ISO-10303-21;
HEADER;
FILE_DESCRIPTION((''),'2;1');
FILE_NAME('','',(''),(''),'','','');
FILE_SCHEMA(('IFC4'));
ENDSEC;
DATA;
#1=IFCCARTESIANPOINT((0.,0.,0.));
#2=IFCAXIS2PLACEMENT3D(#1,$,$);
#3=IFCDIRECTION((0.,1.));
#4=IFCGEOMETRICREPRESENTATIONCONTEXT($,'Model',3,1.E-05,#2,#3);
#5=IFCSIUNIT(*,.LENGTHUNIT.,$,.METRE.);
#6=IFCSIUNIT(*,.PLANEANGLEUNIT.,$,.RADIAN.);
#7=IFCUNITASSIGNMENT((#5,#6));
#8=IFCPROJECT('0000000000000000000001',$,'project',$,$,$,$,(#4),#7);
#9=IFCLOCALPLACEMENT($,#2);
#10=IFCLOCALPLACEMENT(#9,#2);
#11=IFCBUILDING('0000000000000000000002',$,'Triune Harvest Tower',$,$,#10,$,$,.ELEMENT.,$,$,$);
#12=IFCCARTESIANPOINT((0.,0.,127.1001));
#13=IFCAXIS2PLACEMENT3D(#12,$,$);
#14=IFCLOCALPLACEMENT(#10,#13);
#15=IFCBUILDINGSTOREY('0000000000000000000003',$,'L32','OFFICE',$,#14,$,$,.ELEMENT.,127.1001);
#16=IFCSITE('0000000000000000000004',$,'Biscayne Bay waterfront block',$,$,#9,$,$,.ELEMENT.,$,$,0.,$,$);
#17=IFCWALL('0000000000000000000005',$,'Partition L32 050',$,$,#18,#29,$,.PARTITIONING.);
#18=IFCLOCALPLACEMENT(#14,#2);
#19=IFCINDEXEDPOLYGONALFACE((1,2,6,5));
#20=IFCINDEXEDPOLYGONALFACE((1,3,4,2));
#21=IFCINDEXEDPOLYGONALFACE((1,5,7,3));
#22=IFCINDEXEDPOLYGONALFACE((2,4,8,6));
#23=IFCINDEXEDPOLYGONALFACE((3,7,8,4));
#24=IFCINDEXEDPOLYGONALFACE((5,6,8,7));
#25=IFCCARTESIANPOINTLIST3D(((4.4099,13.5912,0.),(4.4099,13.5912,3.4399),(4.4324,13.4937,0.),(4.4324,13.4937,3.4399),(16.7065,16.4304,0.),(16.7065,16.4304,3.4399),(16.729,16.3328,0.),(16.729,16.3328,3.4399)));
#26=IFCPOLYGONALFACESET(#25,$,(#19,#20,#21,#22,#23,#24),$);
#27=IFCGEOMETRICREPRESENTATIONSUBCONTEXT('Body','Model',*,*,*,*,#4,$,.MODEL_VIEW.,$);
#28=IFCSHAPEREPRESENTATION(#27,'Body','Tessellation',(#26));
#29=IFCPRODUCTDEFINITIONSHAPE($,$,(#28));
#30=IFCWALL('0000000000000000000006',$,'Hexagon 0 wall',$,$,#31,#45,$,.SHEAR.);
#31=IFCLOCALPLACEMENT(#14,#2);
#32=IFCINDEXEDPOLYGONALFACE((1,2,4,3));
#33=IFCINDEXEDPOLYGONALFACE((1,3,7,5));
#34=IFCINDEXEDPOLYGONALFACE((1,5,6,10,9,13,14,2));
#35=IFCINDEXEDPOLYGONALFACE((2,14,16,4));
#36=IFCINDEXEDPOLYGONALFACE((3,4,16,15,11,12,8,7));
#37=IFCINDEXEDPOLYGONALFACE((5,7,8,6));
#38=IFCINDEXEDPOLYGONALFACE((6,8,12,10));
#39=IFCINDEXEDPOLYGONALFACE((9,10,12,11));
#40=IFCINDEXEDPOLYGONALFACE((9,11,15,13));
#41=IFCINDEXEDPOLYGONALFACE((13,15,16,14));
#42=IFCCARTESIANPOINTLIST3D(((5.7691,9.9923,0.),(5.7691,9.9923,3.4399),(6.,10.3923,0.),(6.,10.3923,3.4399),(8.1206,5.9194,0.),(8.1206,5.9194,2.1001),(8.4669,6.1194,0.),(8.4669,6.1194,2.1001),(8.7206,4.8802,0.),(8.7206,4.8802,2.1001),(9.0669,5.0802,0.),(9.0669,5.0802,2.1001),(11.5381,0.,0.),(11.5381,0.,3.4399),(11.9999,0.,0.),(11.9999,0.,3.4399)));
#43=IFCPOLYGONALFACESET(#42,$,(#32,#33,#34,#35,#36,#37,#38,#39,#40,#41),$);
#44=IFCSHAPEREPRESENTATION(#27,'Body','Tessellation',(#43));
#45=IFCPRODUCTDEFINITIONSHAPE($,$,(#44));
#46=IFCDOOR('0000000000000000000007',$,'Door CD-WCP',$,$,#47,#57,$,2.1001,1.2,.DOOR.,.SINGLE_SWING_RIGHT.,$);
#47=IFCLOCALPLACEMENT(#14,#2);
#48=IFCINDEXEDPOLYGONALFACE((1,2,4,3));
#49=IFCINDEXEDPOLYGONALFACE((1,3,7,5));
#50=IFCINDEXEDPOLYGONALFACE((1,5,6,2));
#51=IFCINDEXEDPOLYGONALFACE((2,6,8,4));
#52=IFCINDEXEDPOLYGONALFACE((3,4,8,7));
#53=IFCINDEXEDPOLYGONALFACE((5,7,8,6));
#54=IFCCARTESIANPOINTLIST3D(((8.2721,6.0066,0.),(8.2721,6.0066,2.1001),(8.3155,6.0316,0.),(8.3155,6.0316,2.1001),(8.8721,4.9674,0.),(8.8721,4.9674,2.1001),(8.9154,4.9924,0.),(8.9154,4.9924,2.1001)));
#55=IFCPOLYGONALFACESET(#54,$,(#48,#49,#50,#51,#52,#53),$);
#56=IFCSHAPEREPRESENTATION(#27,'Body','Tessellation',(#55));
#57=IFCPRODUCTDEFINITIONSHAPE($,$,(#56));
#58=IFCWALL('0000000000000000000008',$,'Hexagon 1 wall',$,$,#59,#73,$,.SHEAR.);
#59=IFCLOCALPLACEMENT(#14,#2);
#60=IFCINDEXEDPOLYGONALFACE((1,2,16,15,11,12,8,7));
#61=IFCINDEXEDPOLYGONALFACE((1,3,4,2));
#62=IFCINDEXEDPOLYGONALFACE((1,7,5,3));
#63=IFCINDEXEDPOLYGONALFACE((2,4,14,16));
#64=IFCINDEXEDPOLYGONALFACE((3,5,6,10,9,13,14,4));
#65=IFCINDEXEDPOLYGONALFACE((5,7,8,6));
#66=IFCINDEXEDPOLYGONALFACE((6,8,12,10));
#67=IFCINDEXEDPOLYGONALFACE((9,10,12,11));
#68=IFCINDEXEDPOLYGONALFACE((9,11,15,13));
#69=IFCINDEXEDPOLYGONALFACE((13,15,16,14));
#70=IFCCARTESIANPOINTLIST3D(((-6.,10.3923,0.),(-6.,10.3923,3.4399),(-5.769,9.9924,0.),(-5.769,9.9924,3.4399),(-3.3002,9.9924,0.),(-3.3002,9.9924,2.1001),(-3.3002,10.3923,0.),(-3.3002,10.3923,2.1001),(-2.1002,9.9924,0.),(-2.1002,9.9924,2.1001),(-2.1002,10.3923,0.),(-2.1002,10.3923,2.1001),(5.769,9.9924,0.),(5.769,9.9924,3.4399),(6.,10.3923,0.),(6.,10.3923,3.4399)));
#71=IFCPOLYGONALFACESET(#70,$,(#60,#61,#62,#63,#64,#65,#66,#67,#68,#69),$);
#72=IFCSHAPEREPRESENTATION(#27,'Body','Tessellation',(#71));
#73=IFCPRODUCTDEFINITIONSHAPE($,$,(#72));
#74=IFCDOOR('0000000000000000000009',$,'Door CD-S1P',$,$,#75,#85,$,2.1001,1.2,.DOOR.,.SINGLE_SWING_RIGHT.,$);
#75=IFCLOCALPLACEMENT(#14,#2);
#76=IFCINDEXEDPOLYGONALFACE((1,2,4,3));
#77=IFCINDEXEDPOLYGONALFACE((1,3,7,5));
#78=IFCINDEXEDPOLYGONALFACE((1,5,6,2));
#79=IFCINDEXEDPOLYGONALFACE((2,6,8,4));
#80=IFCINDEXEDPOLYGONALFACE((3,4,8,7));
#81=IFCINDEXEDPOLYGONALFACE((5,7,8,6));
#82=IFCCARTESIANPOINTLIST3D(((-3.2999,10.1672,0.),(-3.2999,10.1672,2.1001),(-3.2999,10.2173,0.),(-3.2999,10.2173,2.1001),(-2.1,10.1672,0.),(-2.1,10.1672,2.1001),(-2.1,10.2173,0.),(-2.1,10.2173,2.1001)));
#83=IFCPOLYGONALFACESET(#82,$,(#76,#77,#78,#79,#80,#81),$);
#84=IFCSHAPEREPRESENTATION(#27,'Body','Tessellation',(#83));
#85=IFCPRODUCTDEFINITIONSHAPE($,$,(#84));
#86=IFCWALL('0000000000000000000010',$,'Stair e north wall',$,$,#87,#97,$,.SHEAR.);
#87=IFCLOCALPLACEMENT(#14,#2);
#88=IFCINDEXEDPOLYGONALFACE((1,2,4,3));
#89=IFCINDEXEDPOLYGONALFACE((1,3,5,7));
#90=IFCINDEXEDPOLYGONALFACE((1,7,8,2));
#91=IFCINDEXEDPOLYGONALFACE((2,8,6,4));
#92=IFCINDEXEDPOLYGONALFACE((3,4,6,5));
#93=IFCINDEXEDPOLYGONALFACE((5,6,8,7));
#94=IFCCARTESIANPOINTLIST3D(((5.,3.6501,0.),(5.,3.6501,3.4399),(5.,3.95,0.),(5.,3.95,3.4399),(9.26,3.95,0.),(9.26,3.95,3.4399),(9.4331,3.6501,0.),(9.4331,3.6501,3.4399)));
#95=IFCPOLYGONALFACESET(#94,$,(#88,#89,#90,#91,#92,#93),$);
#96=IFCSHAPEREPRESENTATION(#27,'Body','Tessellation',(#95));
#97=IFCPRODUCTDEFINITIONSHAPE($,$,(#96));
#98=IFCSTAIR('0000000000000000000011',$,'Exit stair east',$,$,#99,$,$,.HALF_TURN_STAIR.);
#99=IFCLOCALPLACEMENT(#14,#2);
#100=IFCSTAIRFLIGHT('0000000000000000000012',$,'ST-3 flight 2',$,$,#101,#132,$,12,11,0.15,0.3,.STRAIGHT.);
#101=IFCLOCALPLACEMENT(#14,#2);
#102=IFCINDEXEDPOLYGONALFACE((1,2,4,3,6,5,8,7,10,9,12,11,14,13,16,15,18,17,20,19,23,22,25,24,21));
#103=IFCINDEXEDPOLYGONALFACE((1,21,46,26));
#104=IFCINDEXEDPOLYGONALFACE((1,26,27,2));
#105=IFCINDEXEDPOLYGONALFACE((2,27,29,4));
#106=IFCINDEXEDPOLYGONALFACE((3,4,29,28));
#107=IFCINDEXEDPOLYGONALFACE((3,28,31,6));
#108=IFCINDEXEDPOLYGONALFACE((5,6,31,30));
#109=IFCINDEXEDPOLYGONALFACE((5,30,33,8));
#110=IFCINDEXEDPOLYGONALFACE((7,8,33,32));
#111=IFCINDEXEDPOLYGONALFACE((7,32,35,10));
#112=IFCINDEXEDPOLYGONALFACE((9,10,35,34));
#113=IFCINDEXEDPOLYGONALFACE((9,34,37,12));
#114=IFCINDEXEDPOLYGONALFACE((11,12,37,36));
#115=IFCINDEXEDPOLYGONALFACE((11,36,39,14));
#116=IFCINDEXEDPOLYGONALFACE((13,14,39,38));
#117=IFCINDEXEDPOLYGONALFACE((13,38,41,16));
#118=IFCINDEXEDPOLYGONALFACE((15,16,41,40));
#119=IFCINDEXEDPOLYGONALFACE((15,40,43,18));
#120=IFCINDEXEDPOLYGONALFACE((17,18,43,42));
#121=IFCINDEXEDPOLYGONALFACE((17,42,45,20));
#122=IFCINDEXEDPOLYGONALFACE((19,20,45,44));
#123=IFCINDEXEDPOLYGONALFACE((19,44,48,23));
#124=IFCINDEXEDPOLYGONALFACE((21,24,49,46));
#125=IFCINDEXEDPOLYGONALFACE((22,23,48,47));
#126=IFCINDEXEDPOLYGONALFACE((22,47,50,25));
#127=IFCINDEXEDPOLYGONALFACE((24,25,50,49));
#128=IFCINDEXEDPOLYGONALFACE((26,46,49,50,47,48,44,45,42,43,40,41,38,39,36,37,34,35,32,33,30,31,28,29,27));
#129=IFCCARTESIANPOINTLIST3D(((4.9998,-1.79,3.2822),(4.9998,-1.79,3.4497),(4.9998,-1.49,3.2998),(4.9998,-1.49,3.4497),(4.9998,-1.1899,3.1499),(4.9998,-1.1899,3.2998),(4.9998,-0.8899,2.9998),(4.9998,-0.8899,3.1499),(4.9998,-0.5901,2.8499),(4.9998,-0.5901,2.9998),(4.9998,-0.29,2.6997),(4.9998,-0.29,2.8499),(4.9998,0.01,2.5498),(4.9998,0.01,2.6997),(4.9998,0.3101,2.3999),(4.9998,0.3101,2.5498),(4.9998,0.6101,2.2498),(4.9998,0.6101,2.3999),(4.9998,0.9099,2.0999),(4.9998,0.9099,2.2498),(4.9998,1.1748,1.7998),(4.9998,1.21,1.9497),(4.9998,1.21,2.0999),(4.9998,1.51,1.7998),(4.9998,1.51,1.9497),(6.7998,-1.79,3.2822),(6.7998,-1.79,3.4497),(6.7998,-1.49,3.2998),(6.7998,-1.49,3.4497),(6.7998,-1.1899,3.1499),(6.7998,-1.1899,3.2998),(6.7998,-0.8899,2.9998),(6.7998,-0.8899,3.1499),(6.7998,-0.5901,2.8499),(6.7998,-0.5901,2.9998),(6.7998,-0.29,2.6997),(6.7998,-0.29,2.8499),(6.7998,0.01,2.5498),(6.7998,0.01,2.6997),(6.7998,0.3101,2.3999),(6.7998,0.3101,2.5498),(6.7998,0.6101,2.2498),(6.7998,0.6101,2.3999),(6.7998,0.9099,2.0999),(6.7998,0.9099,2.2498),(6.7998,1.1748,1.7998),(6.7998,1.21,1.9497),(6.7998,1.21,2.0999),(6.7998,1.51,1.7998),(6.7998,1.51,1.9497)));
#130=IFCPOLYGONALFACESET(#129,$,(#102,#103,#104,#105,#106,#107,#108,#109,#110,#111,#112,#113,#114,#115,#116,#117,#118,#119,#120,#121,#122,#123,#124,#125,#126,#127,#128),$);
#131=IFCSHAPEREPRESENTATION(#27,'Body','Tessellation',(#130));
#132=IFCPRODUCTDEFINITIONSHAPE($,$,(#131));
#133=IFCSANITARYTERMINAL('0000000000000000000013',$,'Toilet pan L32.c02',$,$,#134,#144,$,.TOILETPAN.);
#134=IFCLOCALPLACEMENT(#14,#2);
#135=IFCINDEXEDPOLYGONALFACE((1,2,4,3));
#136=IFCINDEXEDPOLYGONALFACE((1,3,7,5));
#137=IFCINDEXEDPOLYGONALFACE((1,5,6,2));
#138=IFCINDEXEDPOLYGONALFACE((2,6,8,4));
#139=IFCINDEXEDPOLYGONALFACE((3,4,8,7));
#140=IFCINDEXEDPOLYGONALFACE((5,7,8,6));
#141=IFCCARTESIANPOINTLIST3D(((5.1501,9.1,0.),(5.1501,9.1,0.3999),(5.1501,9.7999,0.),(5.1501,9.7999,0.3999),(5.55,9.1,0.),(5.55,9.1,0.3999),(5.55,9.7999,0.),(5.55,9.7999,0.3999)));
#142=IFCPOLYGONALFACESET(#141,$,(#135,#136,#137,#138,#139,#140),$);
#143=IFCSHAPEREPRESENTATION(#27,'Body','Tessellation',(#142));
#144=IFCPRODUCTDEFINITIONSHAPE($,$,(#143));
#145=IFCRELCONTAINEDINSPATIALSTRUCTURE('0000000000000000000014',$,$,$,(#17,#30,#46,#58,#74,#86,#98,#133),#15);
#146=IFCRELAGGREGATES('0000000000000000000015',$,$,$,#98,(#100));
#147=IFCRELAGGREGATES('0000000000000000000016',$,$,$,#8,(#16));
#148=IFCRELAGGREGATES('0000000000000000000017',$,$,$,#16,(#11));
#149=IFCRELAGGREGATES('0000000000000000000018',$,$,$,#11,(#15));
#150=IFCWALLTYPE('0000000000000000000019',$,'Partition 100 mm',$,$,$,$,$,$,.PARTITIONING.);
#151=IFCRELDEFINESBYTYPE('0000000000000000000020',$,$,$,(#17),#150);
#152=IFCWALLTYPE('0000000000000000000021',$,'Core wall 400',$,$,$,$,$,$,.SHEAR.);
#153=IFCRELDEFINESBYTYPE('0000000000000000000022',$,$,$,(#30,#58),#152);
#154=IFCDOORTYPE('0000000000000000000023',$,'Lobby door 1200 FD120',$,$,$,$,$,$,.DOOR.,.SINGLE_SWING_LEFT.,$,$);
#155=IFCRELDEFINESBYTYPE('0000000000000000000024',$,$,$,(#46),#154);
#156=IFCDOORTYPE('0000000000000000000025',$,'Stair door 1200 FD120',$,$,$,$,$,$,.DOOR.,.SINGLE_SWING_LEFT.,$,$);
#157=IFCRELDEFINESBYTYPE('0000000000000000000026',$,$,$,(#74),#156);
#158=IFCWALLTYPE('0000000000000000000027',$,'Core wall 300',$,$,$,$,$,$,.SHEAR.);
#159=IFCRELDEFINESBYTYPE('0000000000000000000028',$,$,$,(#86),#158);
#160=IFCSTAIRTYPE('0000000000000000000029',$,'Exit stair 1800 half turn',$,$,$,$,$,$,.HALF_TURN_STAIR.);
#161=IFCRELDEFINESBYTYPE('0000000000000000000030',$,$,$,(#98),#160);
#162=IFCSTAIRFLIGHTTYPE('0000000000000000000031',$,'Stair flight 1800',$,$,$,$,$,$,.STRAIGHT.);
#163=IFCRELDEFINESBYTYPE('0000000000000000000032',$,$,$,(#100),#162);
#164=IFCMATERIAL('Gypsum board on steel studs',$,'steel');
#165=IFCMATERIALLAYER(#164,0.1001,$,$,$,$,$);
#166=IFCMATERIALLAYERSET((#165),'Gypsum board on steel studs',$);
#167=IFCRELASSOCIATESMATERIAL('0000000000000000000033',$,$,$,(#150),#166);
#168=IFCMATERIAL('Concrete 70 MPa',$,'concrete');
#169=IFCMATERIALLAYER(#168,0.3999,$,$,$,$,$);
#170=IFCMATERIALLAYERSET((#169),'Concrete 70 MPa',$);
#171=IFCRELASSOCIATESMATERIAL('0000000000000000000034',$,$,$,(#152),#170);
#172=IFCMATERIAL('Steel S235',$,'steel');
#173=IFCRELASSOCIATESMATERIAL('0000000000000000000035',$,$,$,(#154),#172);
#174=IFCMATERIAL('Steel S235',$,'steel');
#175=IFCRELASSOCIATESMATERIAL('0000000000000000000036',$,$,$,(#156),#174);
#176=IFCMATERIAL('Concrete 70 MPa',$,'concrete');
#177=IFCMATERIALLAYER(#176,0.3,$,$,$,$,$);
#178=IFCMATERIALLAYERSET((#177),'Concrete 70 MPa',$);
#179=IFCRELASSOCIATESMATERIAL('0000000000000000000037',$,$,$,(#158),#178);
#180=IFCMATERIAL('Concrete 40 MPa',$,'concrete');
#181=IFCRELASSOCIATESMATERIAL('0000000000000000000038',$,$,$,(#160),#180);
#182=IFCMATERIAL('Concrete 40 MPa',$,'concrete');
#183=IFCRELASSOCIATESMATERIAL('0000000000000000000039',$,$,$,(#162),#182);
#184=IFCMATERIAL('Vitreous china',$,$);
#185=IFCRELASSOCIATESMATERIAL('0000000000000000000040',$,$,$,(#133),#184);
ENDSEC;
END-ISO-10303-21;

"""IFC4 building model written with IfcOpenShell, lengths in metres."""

from ifc_helpers import new_model, si_unit, direction, frame, frame_2d, origin, origin_2d, place, context, subcontext, project, spatial, polyline, rectangle, outline, extrude, source, transform, mapped, material, layer, layer_set, type_object, element, fill, aggregate, save


model = new_model("IFC4")

# Units and contexts
model_context = context("Model", 3, precision=1e-05, world=origin(), true_north=direction((0.0, 1.0)))
body_context = subcontext(model_context, "Body", "Model", "MODEL_VIEW")
ifc_project = project(units=[si_unit("LENGTHUNIT", "METRE"), si_unit("PLANEANGLEUNIT", "RADIAN")], contexts=[model_context])

# Site, building, storey
site_placement = place(None, origin())
site = spatial("IfcSite", under=ifc_project, at=site_placement, Name="Biscayne Bay waterfront block", CompositionType="ELEMENT", RefElevation=0.0)
building_placement = place(site_placement, origin())
building = spatial("IfcBuilding", under=site, at=building_placement, Name="Triune Harvest Tower", CompositionType="ELEMENT")
storey_placement = place(building_placement, frame((0.0, 0.0, 127.1001)))
storey = spatial("IfcBuildingStorey", under=building, at=storey_placement, Name="L32", Description="OFFICE", CompositionType="ELEMENT", Elevation=127.1001)

# Wall
ifc_material_1 = material(Name="Gypsum board on steel studs", Category="steel")
ifc_layer_1 = layer(ifc_material_1, 0.1001)
ifc_layer_set_1 = layer_set([ifc_layer_1], Name="Gypsum board on steel studs")
wall_type_1 = type_object("IfcWallType", Name="Partition 100 mm", PredefinedType="PARTITIONING", material=ifc_layer_set_1)
wall_1_placement = place(storey_placement, frame((4.4211, 13.5425, 0.0), z_axis=(0.0, 0.0, 1.0), x_axis=(0.974366, 0.224967, 0.0)))
element("IfcWall", 1, at=wall_1_placement, inside=storey, type_object=wall_type_1, Name="Partition L32 050", PredefinedType="PARTITIONING", context=body_context, shape_type="SweptSolid", body=[
    extrude(rectangle(XDim=12.6201, YDim=0.1001, at=frame_2d((6.3101, 0.0))), origin(), (0.0, 0.0, 1.0), 3.4399),
])

# Walls, openings, doors
ifc_material_2 = material(Name="Concrete 70 MPa", Category="concrete")
ifc_layer_2 = layer(ifc_material_2, 0.3999)
ifc_layer_set_2 = layer_set([ifc_layer_2], Name="Concrete 70 MPa")
wall_type_2 = type_object("IfcWallType", Name="Core wall 400", PredefinedType="SHEAR", material=ifc_layer_set_2)
shared_shape_1 = source(origin(), body_context, "Body", "SweptSolid", [
    extrude(outline(polyline([(-0.1155, -0.2), (11.8845, -0.2), (11.6536, 0.2), (0.1155, 0.2), (-0.1155, -0.2)])), origin(), (0.0, 0.0, 1.0), 3.4399),
])
wall_2_placement = place(storey_placement, frame((11.769, 0.0, 0.0), z_axis=(0.0, 0.0, 1.0), x_axis=(-0.499997, 0.866027, 0.0)))
wall_2 = element("IfcWall", 2, at=wall_2_placement, inside=storey, type_object=wall_type_2, Name="Hexagon 0 wall", PredefinedType="SHEAR", context=body_context, shape_type="MappedRepresentation", body=[
    mapped(shared_shape_1, transform((0.0, 0.0, 0.0), scale=1.0)),
])
opening_1_placement = place(wall_2_placement, frame((5.7505, 0.0, 0.0)))
opening_1 = element("IfcOpeningElement", 3, at=opening_1_placement, cuts=wall_2, PredefinedType="OPENING", context=body_context, shape_type="SweptSolid", body=[
    extrude(rectangle(XDim=1.2, YDim=2.1001, at=frame_2d((0.6001, 1.05))), frame((0.0, 0.21, 0.0), z_axis=(0.0, -1.0, 0.0), x_axis=(1.0, 0.0, 0.0)), (0.0, 0.0, 1.0), 0.4199),
])
ifc_material_3 = material(Name="Steel S235", Category="steel")
door_type_1 = type_object("IfcDoorType", Name="Lobby door 1200 FD120", OperationType="SINGLE_SWING_LEFT", PredefinedType="DOOR", material=ifc_material_3)
door_1_placement = place(opening_1_placement, frame((1.2, 0.0, 0.0), z_axis=(0.0, 0.0, 1.0), x_axis=(-1.0, 0.0, 0.0)))
door_1 = element("IfcDoor", 4, at=door_1_placement, inside=storey, type_object=door_type_1, Name="Door CD-WCP", OperationType="SINGLE_SWING_RIGHT", OverallHeight=2.1001, OverallWidth=1.2, PredefinedType="DOOR", context=body_context, shape_type="SweptSolid", body=[
    extrude(rectangle(XDim=1.2, YDim=2.1001, at=frame_2d((0.6001, 1.05))), frame((0.0, 0.0249, 0.0), z_axis=(0.0, -1.0, 0.0), x_axis=(1.0, 0.0, 0.0)), (0.0, 0.0, 1.0), 0.05),
])
fill(opening_1, door_1)
wall_3_placement = place(storey_placement, frame((5.8845, 10.1924, 0.0), z_axis=(0.0, 0.0, 1.0), x_axis=(-1.0, 0.0, 0.0)))
wall_3 = element("IfcWall", 5, at=wall_3_placement, inside=storey, type_object=wall_type_2, Name="Hexagon 1 wall", PredefinedType="SHEAR", context=body_context, shape_type="MappedRepresentation", body=[
    mapped(shared_shape_1, transform((0.0, 0.0, 0.0), scale=1.0)),
])
opening_2_placement = place(wall_3_placement, frame((7.9846, 0.0, 0.0)))
opening_2 = element("IfcOpeningElement", 6, at=opening_2_placement, cuts=wall_3, PredefinedType="OPENING", context=body_context, shape_type="SweptSolid", body=[
    extrude(rectangle(XDim=1.2, YDim=2.1001, at=frame_2d((0.6001, 1.05))), frame((0.0, 0.21, 0.0), z_axis=(0.0, -1.0, 0.0), x_axis=(1.0, 0.0, 0.0)), (0.0, 0.0, 1.0), 0.4199),
])
ifc_material_4 = material(Name="Steel S235", Category="steel")
door_type_2 = type_object("IfcDoorType", Name="Stair door 1200 FD120", OperationType="SINGLE_SWING_LEFT", PredefinedType="DOOR", material=ifc_material_4)
door_2_placement = place(opening_2_placement, frame((1.2, 0.0, 0.0), z_axis=(0.0, 0.0, 1.0), x_axis=(-1.0, 0.0, 0.0)))
door_2 = element("IfcDoor", 7, at=door_2_placement, inside=storey, type_object=door_type_2, Name="Door CD-S1P", OperationType="SINGLE_SWING_RIGHT", OverallHeight=2.1001, OverallWidth=1.2, PredefinedType="DOOR", context=body_context, shape_type="SweptSolid", body=[
    extrude(rectangle(XDim=1.2, YDim=2.1001, at=frame_2d((0.6001, 1.05))), frame((0.0, 0.0249, 0.0), z_axis=(0.0, -1.0, 0.0), x_axis=(1.0, 0.0, 0.0)), (0.0, 0.0, 1.0), 0.05),
])
fill(opening_2, door_2)

# Wall
ifc_material_5 = material(Name="Concrete 70 MPa", Category="concrete")
ifc_layer_3 = layer(ifc_material_5, 0.3)
ifc_layer_set_3 = layer_set([ifc_layer_3], Name="Concrete 70 MPa")
wall_type_3 = type_object("IfcWallType", Name="Core wall 300", PredefinedType="SHEAR", material=ifc_layer_set_3)
shared_shape_2 = source(origin(), body_context, "Body", "SweptSolid", [
    extrude(outline(polyline([(0.0, -0.1499), (0.0, 0.1499), (4.26, 0.1499), (4.4331, -0.1499), (0.0, -0.1499)])), origin(), (0.0, 0.0, 1.0), 3.4399),
])
wall_4_placement = place(storey_placement, frame((5.0, 3.8, 0.0), z_axis=(0.0, 0.0, 1.0), x_axis=(1.0, 0.0, 0.0)))
element("IfcWall", 8, at=wall_4_placement, inside=storey, type_object=wall_type_3, Name="Stair e north wall", PredefinedType="SHEAR", context=body_context, shape_type="MappedRepresentation", body=[
    mapped(shared_shape_2, transform((0.0, 0.0, 0.0), scale=1.0)),
])

# Stair, stair flight
ifc_material_6 = material(Name="Concrete 40 MPa", Category="concrete")
stair_type = type_object("IfcStairType", Name="Exit stair 1800 half turn", PredefinedType="HALF_TURN_STAIR", material=ifc_material_6)
stair_placement = place(storey_placement, origin())
stair = element("IfcStair", 9, at=stair_placement, inside=storey, type_object=stair_type, Name="Exit stair east", PredefinedType="HALF_TURN_STAIR")
ifc_material_7 = material(Name="Concrete 40 MPa", Category="concrete")
stair_flight_type = type_object("IfcStairFlightType", Name="Stair flight 1800", PredefinedType="STRAIGHT", material=ifc_material_7)
shared_shape_3 = source(origin(), body_context, "Body", "SweptSolid", [
    extrude(outline(polyline([(0.0, 0.0), (0.0, 0.1499), (0.3, 0.1499), (0.3, 0.3), (0.6001, 0.3), (0.6001, 0.45), (0.8999, 0.45), (0.8999, 0.6001), (1.2, 0.6001), (1.2, 0.75), (1.5, 0.75), (1.5, 0.8999), (1.8, 0.8999), (1.8, 1.05), (2.1001, 1.05), (2.1001, 1.2), (2.3999, 1.2), (2.3999, 1.3501), (2.7, 1.3501), (2.7, 1.5), (3.0, 1.5), (3.0, 1.6499), (3.3, 1.6499), (3.3, 1.8), (3.3, 1.4824), (0.3352, 0.0), (0.0, 0.0)])), frame((0.0, 0.8999, 0.0), z_axis=(0.0, -1.0, 0.0), x_axis=(1.0, 0.0, 0.0)), (0.0, 0.0, 1.0), 1.8),
])
stair_flight_placement = place(storey_placement, frame((5.8999, 1.51, 1.7998), z_axis=(0.0, 0.0, 1.0), x_axis=(0.0, -1.0, 0.0)))
stair_flight = element("IfcStairFlight", 10, at=stair_flight_placement, type_object=stair_flight_type, Name="ST-3 flight 2", NumberOfRisers=12, NumberOfTreads=11, PredefinedType="STRAIGHT", RiserHeight=0.15, TreadLength=0.3, context=body_context, shape_type="MappedRepresentation", body=[
    mapped(shared_shape_3, transform((0.0, 0.0, 0.0), scale=1.0)),
])
aggregate(stair, [stair_flight])

# Sanitary terminal
ifc_material_8 = material(Name="Vitreous china")
shared_shape_4 = source(origin(), body_context, "Body", "SweptSolid", [
    extrude(rectangle(XDim=0.3999, YDim=0.7, at=origin_2d()), origin(), (0.0, 0.0, 1.0), 0.3999),
])
sanitary_terminal_placement = place(storey_placement, frame((5.3501, 9.45, 0.0), z_axis=(0.0, 0.0, 1.0), x_axis=(1.0, 0.0, 0.0)))
element("IfcSanitaryTerminal", 11, at=sanitary_terminal_placement, inside=storey, material=ifc_material_8, Name="Toilet pan L32.c02", PredefinedType="TOILETPAN", context=body_context, shape_type="MappedRepresentation", body=[
    mapped(shared_shape_4, transform((0.0, 0.0, 0.0), scale=1.0)),
])

save(model, "model.ifc")
